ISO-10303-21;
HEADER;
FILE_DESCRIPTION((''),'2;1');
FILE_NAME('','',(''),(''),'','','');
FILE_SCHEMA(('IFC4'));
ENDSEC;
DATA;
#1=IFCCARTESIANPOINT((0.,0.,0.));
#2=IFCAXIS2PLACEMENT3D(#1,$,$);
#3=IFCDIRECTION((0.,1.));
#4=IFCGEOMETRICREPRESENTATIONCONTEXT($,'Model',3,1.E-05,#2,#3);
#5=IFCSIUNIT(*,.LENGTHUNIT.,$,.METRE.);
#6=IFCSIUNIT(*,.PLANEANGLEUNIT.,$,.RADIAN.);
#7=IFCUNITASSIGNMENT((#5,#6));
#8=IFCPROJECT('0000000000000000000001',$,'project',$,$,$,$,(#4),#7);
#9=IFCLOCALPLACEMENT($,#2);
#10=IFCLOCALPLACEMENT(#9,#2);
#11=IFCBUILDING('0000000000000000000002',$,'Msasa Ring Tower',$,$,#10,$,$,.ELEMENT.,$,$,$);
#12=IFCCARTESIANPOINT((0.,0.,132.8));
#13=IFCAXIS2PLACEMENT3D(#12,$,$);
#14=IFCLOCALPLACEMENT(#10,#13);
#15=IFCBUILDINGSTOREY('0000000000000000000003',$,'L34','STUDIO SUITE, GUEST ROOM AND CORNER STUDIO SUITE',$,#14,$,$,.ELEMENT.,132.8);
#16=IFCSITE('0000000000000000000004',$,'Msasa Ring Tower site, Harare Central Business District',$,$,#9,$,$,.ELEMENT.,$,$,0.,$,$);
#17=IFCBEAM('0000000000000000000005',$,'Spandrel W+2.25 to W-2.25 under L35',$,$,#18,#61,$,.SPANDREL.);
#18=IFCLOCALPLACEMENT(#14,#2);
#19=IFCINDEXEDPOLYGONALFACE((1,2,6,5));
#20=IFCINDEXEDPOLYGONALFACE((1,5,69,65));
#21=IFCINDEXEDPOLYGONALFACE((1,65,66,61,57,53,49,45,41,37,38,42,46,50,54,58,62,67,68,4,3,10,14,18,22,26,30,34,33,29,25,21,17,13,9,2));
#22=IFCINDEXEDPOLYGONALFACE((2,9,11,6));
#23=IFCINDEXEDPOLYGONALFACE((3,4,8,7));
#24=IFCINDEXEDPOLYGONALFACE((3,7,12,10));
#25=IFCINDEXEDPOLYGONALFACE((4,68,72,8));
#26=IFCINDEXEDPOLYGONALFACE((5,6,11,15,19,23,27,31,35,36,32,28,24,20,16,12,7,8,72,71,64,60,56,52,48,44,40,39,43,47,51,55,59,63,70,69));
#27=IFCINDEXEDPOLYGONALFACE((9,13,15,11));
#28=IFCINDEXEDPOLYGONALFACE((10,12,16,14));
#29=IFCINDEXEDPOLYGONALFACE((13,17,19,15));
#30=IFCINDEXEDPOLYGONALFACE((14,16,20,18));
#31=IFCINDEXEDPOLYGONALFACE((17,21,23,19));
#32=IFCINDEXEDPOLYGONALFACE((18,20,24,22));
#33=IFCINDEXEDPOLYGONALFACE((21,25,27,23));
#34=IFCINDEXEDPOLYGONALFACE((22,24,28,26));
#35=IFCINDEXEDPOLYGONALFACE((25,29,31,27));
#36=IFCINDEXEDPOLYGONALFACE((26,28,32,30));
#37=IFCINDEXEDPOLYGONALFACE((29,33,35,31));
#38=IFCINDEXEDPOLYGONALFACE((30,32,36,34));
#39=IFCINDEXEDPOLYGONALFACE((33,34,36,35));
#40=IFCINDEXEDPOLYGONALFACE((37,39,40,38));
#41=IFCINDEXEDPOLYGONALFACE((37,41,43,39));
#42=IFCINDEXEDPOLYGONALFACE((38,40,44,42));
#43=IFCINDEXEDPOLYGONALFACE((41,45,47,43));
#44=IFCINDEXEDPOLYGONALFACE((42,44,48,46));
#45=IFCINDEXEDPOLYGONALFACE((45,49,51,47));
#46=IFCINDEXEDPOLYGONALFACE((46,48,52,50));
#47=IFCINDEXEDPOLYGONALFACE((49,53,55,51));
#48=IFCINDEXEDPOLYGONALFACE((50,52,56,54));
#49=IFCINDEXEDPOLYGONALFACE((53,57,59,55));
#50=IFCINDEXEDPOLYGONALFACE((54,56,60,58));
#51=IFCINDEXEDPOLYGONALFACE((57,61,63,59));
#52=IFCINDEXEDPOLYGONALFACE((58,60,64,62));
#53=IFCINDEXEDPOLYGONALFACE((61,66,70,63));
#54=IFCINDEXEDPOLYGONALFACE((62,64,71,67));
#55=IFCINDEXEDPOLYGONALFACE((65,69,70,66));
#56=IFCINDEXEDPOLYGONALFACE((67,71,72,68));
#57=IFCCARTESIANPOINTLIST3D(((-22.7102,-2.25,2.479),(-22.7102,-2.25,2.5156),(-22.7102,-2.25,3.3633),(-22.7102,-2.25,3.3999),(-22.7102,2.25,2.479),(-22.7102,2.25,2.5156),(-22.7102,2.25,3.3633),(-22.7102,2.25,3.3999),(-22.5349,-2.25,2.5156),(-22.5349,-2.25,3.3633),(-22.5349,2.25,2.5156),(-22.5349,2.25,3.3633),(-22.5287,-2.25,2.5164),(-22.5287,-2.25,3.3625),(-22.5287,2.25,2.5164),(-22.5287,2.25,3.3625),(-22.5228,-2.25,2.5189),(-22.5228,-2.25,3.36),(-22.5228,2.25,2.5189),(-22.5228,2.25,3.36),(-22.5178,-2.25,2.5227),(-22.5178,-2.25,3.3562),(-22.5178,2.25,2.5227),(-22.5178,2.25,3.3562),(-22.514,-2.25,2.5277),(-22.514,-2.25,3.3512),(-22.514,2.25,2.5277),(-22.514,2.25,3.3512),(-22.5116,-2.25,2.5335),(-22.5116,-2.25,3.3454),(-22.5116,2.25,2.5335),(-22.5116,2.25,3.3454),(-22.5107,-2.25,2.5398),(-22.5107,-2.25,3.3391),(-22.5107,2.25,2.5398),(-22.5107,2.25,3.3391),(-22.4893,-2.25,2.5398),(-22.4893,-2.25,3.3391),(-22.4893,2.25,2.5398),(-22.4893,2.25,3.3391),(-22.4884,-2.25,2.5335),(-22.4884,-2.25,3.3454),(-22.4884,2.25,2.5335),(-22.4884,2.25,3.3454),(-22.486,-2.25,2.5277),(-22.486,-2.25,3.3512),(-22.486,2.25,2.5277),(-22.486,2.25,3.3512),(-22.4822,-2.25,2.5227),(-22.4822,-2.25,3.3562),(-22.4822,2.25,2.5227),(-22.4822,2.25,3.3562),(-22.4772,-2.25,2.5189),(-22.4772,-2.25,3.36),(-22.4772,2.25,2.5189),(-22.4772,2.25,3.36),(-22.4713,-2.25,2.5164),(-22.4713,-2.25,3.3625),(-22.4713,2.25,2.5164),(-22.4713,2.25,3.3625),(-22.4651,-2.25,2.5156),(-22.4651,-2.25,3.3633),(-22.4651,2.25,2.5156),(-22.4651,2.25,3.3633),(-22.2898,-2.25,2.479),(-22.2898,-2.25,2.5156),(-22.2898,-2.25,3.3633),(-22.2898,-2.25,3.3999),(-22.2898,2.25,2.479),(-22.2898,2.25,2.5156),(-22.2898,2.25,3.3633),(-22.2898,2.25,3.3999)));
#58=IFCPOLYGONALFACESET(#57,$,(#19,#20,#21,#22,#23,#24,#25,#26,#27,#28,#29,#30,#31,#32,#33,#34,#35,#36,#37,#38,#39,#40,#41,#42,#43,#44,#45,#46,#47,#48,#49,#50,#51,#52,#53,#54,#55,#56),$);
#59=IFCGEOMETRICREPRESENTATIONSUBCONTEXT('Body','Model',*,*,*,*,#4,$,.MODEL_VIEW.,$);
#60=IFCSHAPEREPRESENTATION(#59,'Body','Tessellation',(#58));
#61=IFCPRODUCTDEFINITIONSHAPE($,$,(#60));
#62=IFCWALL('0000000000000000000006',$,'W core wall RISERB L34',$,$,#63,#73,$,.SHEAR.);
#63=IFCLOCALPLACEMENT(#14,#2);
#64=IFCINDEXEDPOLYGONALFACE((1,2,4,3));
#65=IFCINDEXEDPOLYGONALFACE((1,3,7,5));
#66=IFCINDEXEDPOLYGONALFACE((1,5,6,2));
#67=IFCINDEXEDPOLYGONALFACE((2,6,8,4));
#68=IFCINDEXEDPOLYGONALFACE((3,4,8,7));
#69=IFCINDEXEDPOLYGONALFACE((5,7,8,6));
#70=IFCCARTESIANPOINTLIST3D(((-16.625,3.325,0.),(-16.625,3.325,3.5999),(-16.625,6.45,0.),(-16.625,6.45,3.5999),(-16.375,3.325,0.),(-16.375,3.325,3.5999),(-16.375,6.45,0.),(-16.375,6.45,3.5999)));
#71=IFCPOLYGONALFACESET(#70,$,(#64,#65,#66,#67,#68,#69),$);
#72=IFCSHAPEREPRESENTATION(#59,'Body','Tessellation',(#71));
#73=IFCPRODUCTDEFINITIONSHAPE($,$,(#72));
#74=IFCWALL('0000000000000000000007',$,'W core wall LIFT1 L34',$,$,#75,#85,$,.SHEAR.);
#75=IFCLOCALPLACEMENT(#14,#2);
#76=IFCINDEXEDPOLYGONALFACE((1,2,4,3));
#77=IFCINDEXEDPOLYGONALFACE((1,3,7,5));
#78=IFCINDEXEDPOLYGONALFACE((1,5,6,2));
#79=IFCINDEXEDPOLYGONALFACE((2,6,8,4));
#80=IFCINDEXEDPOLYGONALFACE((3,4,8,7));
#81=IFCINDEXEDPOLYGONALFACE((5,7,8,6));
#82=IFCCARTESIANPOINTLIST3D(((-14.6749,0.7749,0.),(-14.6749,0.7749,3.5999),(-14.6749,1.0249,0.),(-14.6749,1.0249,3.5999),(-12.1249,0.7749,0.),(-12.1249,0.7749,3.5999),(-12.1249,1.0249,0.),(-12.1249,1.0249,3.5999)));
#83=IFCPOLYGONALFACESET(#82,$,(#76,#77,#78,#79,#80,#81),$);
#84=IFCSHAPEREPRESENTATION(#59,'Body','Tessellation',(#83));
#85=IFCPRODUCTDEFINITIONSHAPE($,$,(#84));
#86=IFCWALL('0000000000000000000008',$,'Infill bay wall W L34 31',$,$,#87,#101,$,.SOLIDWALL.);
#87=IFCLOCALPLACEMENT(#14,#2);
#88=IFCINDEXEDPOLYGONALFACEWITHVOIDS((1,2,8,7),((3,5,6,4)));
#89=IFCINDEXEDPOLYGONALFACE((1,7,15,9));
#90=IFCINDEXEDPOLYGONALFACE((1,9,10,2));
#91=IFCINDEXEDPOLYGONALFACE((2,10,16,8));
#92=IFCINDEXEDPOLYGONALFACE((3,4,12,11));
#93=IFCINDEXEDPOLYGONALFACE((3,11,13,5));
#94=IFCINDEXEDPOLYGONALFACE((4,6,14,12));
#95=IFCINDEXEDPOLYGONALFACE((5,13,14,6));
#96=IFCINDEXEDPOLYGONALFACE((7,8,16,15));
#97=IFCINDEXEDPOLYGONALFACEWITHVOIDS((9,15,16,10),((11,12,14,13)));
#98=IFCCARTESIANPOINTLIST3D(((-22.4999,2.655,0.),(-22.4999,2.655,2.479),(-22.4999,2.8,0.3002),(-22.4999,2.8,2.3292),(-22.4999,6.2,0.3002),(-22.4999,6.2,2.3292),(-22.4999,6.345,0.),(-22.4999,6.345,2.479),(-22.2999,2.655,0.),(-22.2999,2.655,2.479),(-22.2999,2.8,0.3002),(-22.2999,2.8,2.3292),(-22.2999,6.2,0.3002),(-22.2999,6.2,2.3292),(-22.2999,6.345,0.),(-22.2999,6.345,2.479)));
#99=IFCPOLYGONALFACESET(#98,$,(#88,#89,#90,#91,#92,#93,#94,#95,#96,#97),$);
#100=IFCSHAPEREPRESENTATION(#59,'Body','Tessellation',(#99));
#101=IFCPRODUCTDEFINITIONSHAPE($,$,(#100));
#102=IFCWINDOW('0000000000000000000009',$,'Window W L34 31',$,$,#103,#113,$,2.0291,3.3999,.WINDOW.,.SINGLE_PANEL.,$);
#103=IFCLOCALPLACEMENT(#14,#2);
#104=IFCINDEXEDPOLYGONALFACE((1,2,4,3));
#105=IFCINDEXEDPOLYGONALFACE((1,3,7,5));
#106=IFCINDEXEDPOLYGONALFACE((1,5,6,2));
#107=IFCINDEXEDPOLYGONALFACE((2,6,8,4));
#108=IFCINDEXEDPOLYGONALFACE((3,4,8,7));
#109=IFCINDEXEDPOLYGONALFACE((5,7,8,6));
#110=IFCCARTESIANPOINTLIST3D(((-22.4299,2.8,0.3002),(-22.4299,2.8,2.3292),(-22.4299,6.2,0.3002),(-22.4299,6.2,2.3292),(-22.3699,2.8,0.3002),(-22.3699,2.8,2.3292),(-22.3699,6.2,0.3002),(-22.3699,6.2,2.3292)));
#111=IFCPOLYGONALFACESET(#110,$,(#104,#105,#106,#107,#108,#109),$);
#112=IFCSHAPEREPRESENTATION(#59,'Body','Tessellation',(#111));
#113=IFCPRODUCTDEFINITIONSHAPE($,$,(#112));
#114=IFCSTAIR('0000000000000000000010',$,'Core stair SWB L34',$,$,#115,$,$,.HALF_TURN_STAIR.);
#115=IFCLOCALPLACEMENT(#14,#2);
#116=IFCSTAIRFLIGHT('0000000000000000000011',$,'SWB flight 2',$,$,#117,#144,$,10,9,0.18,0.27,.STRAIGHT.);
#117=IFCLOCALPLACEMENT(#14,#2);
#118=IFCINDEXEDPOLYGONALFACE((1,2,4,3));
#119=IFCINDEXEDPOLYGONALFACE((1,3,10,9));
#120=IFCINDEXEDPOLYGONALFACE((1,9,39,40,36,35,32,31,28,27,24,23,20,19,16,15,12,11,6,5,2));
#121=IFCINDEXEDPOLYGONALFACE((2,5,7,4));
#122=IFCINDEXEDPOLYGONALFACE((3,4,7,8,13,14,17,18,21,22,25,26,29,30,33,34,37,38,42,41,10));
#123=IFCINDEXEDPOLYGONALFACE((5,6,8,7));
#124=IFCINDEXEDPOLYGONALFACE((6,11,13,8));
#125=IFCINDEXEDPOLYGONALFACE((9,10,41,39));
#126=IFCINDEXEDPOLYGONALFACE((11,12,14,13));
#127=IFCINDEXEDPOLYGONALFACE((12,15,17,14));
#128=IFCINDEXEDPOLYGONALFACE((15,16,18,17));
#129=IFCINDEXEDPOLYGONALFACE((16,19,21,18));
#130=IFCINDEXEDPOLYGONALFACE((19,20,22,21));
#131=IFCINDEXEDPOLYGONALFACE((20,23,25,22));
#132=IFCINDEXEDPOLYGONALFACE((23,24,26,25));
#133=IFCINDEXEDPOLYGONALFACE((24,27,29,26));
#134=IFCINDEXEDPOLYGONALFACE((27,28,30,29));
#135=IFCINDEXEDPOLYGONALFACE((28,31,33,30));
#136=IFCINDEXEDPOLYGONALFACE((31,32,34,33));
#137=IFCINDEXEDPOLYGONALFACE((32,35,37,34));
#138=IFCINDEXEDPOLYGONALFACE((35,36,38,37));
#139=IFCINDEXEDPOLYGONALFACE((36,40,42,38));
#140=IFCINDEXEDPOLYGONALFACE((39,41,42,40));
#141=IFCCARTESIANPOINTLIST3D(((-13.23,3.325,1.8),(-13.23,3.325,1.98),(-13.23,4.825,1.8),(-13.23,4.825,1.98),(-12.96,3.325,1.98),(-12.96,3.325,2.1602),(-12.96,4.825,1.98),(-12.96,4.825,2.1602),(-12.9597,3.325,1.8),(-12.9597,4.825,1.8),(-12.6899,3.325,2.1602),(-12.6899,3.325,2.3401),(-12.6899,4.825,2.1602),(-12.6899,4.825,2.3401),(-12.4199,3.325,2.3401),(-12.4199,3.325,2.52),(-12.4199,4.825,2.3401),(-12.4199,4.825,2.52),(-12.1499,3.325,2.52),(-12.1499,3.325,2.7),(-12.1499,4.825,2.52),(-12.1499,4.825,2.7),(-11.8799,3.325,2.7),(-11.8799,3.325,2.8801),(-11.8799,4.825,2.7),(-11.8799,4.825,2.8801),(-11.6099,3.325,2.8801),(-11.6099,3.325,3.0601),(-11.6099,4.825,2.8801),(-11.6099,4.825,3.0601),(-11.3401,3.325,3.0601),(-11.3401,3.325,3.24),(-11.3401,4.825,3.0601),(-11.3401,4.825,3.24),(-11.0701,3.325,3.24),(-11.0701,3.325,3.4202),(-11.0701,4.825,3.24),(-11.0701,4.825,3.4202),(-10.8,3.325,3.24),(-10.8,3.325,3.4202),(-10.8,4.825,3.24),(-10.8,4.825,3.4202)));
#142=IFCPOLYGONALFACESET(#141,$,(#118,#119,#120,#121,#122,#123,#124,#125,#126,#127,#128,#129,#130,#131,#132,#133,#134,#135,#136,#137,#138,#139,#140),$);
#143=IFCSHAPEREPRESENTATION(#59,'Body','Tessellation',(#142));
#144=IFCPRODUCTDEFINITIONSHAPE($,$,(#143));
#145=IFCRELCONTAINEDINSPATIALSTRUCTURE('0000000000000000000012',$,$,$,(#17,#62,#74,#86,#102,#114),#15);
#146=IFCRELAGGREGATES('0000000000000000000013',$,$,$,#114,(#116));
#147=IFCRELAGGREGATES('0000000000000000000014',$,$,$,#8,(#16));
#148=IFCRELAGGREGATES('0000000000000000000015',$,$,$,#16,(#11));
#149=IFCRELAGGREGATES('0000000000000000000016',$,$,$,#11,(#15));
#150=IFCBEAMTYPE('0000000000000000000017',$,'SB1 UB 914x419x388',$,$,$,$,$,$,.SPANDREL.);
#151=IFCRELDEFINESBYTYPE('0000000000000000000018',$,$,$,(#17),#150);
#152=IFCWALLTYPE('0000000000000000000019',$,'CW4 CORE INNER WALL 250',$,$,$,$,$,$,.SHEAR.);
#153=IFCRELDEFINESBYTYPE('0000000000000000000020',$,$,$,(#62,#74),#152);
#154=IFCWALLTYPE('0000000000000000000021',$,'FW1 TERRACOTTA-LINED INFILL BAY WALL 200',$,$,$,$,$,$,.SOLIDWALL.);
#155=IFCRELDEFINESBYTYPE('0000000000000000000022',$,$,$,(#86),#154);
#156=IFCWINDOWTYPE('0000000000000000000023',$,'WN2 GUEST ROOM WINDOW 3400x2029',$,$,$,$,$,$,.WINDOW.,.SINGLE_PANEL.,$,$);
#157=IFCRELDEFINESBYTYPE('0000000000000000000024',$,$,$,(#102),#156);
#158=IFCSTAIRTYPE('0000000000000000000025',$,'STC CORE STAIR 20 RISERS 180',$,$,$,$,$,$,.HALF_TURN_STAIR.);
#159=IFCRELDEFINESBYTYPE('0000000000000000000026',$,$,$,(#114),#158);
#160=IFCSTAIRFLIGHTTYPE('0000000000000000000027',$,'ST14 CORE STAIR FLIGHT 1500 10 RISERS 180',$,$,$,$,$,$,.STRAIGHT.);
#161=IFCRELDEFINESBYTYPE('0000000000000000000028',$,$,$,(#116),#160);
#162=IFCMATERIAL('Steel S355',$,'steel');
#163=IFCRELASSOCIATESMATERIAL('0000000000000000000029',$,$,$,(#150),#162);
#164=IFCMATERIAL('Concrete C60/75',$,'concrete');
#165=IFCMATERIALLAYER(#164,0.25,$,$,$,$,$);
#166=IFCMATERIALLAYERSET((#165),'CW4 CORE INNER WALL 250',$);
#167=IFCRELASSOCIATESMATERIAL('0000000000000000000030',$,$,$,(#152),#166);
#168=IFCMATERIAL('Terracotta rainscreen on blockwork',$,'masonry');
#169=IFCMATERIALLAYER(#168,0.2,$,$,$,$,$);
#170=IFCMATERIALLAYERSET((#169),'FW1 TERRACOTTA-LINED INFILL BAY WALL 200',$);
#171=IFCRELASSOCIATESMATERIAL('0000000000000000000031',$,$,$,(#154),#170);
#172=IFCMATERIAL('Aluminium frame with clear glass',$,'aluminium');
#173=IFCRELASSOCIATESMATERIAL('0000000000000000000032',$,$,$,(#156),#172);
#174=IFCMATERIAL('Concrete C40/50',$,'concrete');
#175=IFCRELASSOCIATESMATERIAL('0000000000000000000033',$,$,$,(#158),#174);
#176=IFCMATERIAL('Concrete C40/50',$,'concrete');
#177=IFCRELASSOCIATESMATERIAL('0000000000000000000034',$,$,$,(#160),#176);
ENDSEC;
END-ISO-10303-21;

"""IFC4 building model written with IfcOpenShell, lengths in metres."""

from ifc_helpers import new_model, si_unit, direction, frame, frame_2d, origin, origin_2d, place, context, subcontext, project, spatial, polyline, rectangle, i_section, outline, extrude, material, layer, layer_set, material_profile, profile_set, type_object, element, fill, aggregate, save


model = new_model("IFC4")

# Units and contexts
model_context = context("Model", 3, precision=1e-05, world=origin(), true_north=direction((0.0, 1.0)))
body_context = subcontext(model_context, "Body", "Model", "MODEL_VIEW")
ifc_project = project(units=[si_unit("LENGTHUNIT", "METRE"), si_unit("PLANEANGLEUNIT", "RADIAN")], contexts=[model_context])

# Site, building, storey
site_placement = place(None, origin())
site = spatial("IfcSite", under=ifc_project, at=site_placement, Name="Msasa Ring Tower site, Harare Central Business District", CompositionType="ELEMENT", RefElevation=0.0)
building_placement = place(site_placement, origin())
building = spatial("IfcBuilding", under=site, at=building_placement, Name="Msasa Ring Tower", CompositionType="ELEMENT")
storey_placement = place(building_placement, frame((0.0, 0.0, 132.8)))
storey = spatial("IfcBuildingStorey", under=building, at=storey_placement, Name="L34", Description="STUDIO SUITE, GUEST ROOM AND CORNER STUDIO SUITE", CompositionType="ELEMENT", Elevation=132.8)

# Beam
ifc_material_1 = material(Name="Steel S355", Category="steel")
ifc_material_profile_1 = material_profile(ifc_material_1, i_section(OverallWidth=0.4204, OverallDepth=0.9209, WebThickness=0.0215, FlangeThickness=0.0366, FilletRadius=0.0242, at=origin_2d()), Name="UB 914x419x388")
ifc_profile_set_1 = profile_set([ifc_material_profile_1], Name="Steel S355")
beam_type_1 = type_object("IfcBeamType", Name="SB1 UB 914x419x388", PredefinedType="SPANDREL", material=ifc_profile_set_1)
for number, where, z_axis, x_axis, name in (
    (1, (-22.5, 2.25, 2.9395), (0.0, -1.0, 0.0), (1.0, 0.0, 0.0), "Spandrel W+2.25 to W-2.25 under L35"),
):
    element("IfcBeam", number, at=place(storey_placement, frame(where, z_axis=z_axis, x_axis=x_axis)), inside=storey, type_object=beam_type_1, Name=name, PredefinedType="SPANDREL", context=body_context, shape_type="SweptSolid", body=[
        extrude(i_section(OverallWidth=0.4204, OverallDepth=0.9209, WebThickness=0.0215, FlangeThickness=0.0366, FilletRadius=0.0242, at=origin_2d()), origin(), (0.0, 0.0, 1.0), 4.5),
    ])

# Walls
ifc_material_2 = material(Name="Concrete C60/75", Category="concrete")
ifc_layer_1 = layer(ifc_material_2, 0.25)
ifc_layer_set_1 = layer_set([ifc_layer_1], Name="CW4 CORE INNER WALL 250")
wall_type_1 = type_object("IfcWallType", Name="CW4 CORE INNER WALL 250", PredefinedType="SHEAR", material=ifc_layer_set_1)
wall_1_placement = place(storey_placement, frame((-16.5, 3.325, 0.0), z_axis=(0.0, 0.0, 1.0), x_axis=(0.0, 1.0, 0.0)))
element("IfcWall", 2, at=wall_1_placement, inside=storey, type_object=wall_type_1, Name="W core wall RISERB L34", PredefinedType="SHEAR", context=body_context, shape_type="SweptSolid", body=[
    extrude(rectangle(XDim=3.125, YDim=0.25, at=frame_2d((1.5625, 0.0))), origin(), (0.0, 0.0, 1.0), 3.5999),
])
wall_2_placement = place(storey_placement, frame((-12.125, 0.8999, 0.0), z_axis=(0.0, 0.0, 1.0), x_axis=(-1.0, 0.0, 0.0)))
element("IfcWall", 3, at=wall_2_placement, inside=storey, type_object=wall_type_1, Name="W core wall LIFT1 L34", PredefinedType="SHEAR", context=body_context, shape_type="SweptSolid", body=[
    extrude(rectangle(XDim=2.55, YDim=0.25, at=frame_2d((1.2749, 0.0))), origin(), (0.0, 0.0, 1.0), 3.5999),
])

# Wall, opening, window
ifc_material_3 = material(Name="Terracotta rainscreen on blockwork", Category="masonry")
ifc_layer_2 = layer(ifc_material_3, 0.2)
ifc_layer_set_2 = layer_set([ifc_layer_2], Name="FW1 TERRACOTTA-LINED INFILL BAY WALL 200")
wall_type_2 = type_object("IfcWallType", Name="FW1 TERRACOTTA-LINED INFILL BAY WALL 200", PredefinedType="SOLIDWALL", material=ifc_layer_set_2)
wall_3_placement = place(storey_placement, frame((-22.3999, 2.655, 0.0), z_axis=(0.0, 0.0, 1.0), x_axis=(0.0, 1.0, 0.0)))
wall_3 = element("IfcWall", 4, at=wall_3_placement, inside=storey, type_object=wall_type_2, Name="Infill bay wall W L34 31", PredefinedType="SOLIDWALL", context=body_context, shape_type="SweptSolid", body=[
    extrude(rectangle(XDim=3.6899, YDim=0.2, at=frame_2d((1.845, 0.0))), origin(), (0.0, 0.0, 1.0), 2.479),
])
opening_placement = place(wall_3_placement, frame((0.145, 0.0, 0.3)))
opening = element("IfcOpeningElement", 5, at=opening_placement, cuts=wall_3, PredefinedType="OPENING", context=body_context, shape_type="SweptSolid", body=[
    extrude(rectangle(XDim=3.3999, YDim=2.0291, at=frame_2d((1.7, 1.0146))), frame((0.0, 0.1099, 0.0), z_axis=(0.0, -1.0, 0.0), x_axis=(1.0, 0.0, 0.0)), (0.0, 0.0, 1.0), 0.22),
])
ifc_material_4 = material(Name="Aluminium frame with clear glass", Category="aluminium")
window_type = type_object("IfcWindowType", Name="WN2 GUEST ROOM WINDOW 3400x2029", PartitioningType="SINGLE_PANEL", PredefinedType="WINDOW", material=ifc_material_4)
window_placement = place(opening_placement, origin())
window = element("IfcWindow", 6, at=window_placement, inside=storey, type_object=window_type, Name="Window W L34 31", OverallHeight=2.0291, OverallWidth=3.3999, PartitioningType="SINGLE_PANEL", PredefinedType="WINDOW", context=body_context, shape_type="SweptSolid", body=[
    extrude(rectangle(XDim=3.3999, YDim=2.0291, at=frame_2d((1.7, 1.0146))), frame((0.0, 0.03, 0.0), z_axis=(0.0, -1.0, 0.0), x_axis=(1.0, 0.0, 0.0)), (0.0, 0.0, 1.0), 0.0601),
])
fill(opening, window)

# Stair, stair flight
ifc_material_5 = material(Name="Concrete C40/50", Category="concrete")
stair_type = type_object("IfcStairType", Name="STC CORE STAIR 20 RISERS 180", PredefinedType="HALF_TURN_STAIR", material=ifc_material_5)
stair_placement = place(storey_placement, origin())
stair = element("IfcStair", 7, at=stair_placement, inside=storey, type_object=stair_type, Name="Core stair SWB L34", PredefinedType="HALF_TURN_STAIR")
ifc_material_6 = material(Name="Concrete C40/50", Category="concrete")
stair_flight_type = type_object("IfcStairFlightType", Name="ST14 CORE STAIR FLIGHT 1500 10 RISERS 180", PredefinedType="STRAIGHT", material=ifc_material_6)
stair_flight_placement = place(storey_placement, frame((-13.23, 4.075, 1.8), z_axis=(0.0, 0.0, 1.0), x_axis=(1.0, 0.0, 0.0)))
stair_flight = element("IfcStairFlight", 8, at=stair_flight_placement, type_object=stair_flight_type, Name="SWB flight 2", NumberOfRisers=10, NumberOfTreads=9, PredefinedType="STRAIGHT", RiserHeight=0.18, TreadLength=0.27, context=body_context, shape_type="SweptSolid", body=[
    extrude(outline(polyline([(0.0, 0.0), (0.0, 0.1799), (0.27, 0.1799), (0.27, 0.3601), (0.54, 0.3601), (0.54, 0.54), (0.8101, 0.54), (0.8101, 0.72), (1.0801, 0.72), (1.0801, 0.8999), (1.3501, 0.8999), (1.3501, 1.0801), (1.6201, 1.0801), (1.6201, 1.26), (1.8899, 1.26), (1.8899, 1.4399), (2.1599, 1.4399), (2.1599, 1.6201), (2.4299, 1.6201), (2.4299, 1.8), (2.4299, 1.4399), (0.2703, 0.0), (0.0, 0.0)])), frame((0.0, 0.75, 0.0), z_axis=(0.0, -1.0, 0.0), x_axis=(1.0, 0.0, 0.0)), (0.0, 0.0, 1.0), 1.5),
])
aggregate(stair, [stair_flight])

save(model, "model.ifc")
